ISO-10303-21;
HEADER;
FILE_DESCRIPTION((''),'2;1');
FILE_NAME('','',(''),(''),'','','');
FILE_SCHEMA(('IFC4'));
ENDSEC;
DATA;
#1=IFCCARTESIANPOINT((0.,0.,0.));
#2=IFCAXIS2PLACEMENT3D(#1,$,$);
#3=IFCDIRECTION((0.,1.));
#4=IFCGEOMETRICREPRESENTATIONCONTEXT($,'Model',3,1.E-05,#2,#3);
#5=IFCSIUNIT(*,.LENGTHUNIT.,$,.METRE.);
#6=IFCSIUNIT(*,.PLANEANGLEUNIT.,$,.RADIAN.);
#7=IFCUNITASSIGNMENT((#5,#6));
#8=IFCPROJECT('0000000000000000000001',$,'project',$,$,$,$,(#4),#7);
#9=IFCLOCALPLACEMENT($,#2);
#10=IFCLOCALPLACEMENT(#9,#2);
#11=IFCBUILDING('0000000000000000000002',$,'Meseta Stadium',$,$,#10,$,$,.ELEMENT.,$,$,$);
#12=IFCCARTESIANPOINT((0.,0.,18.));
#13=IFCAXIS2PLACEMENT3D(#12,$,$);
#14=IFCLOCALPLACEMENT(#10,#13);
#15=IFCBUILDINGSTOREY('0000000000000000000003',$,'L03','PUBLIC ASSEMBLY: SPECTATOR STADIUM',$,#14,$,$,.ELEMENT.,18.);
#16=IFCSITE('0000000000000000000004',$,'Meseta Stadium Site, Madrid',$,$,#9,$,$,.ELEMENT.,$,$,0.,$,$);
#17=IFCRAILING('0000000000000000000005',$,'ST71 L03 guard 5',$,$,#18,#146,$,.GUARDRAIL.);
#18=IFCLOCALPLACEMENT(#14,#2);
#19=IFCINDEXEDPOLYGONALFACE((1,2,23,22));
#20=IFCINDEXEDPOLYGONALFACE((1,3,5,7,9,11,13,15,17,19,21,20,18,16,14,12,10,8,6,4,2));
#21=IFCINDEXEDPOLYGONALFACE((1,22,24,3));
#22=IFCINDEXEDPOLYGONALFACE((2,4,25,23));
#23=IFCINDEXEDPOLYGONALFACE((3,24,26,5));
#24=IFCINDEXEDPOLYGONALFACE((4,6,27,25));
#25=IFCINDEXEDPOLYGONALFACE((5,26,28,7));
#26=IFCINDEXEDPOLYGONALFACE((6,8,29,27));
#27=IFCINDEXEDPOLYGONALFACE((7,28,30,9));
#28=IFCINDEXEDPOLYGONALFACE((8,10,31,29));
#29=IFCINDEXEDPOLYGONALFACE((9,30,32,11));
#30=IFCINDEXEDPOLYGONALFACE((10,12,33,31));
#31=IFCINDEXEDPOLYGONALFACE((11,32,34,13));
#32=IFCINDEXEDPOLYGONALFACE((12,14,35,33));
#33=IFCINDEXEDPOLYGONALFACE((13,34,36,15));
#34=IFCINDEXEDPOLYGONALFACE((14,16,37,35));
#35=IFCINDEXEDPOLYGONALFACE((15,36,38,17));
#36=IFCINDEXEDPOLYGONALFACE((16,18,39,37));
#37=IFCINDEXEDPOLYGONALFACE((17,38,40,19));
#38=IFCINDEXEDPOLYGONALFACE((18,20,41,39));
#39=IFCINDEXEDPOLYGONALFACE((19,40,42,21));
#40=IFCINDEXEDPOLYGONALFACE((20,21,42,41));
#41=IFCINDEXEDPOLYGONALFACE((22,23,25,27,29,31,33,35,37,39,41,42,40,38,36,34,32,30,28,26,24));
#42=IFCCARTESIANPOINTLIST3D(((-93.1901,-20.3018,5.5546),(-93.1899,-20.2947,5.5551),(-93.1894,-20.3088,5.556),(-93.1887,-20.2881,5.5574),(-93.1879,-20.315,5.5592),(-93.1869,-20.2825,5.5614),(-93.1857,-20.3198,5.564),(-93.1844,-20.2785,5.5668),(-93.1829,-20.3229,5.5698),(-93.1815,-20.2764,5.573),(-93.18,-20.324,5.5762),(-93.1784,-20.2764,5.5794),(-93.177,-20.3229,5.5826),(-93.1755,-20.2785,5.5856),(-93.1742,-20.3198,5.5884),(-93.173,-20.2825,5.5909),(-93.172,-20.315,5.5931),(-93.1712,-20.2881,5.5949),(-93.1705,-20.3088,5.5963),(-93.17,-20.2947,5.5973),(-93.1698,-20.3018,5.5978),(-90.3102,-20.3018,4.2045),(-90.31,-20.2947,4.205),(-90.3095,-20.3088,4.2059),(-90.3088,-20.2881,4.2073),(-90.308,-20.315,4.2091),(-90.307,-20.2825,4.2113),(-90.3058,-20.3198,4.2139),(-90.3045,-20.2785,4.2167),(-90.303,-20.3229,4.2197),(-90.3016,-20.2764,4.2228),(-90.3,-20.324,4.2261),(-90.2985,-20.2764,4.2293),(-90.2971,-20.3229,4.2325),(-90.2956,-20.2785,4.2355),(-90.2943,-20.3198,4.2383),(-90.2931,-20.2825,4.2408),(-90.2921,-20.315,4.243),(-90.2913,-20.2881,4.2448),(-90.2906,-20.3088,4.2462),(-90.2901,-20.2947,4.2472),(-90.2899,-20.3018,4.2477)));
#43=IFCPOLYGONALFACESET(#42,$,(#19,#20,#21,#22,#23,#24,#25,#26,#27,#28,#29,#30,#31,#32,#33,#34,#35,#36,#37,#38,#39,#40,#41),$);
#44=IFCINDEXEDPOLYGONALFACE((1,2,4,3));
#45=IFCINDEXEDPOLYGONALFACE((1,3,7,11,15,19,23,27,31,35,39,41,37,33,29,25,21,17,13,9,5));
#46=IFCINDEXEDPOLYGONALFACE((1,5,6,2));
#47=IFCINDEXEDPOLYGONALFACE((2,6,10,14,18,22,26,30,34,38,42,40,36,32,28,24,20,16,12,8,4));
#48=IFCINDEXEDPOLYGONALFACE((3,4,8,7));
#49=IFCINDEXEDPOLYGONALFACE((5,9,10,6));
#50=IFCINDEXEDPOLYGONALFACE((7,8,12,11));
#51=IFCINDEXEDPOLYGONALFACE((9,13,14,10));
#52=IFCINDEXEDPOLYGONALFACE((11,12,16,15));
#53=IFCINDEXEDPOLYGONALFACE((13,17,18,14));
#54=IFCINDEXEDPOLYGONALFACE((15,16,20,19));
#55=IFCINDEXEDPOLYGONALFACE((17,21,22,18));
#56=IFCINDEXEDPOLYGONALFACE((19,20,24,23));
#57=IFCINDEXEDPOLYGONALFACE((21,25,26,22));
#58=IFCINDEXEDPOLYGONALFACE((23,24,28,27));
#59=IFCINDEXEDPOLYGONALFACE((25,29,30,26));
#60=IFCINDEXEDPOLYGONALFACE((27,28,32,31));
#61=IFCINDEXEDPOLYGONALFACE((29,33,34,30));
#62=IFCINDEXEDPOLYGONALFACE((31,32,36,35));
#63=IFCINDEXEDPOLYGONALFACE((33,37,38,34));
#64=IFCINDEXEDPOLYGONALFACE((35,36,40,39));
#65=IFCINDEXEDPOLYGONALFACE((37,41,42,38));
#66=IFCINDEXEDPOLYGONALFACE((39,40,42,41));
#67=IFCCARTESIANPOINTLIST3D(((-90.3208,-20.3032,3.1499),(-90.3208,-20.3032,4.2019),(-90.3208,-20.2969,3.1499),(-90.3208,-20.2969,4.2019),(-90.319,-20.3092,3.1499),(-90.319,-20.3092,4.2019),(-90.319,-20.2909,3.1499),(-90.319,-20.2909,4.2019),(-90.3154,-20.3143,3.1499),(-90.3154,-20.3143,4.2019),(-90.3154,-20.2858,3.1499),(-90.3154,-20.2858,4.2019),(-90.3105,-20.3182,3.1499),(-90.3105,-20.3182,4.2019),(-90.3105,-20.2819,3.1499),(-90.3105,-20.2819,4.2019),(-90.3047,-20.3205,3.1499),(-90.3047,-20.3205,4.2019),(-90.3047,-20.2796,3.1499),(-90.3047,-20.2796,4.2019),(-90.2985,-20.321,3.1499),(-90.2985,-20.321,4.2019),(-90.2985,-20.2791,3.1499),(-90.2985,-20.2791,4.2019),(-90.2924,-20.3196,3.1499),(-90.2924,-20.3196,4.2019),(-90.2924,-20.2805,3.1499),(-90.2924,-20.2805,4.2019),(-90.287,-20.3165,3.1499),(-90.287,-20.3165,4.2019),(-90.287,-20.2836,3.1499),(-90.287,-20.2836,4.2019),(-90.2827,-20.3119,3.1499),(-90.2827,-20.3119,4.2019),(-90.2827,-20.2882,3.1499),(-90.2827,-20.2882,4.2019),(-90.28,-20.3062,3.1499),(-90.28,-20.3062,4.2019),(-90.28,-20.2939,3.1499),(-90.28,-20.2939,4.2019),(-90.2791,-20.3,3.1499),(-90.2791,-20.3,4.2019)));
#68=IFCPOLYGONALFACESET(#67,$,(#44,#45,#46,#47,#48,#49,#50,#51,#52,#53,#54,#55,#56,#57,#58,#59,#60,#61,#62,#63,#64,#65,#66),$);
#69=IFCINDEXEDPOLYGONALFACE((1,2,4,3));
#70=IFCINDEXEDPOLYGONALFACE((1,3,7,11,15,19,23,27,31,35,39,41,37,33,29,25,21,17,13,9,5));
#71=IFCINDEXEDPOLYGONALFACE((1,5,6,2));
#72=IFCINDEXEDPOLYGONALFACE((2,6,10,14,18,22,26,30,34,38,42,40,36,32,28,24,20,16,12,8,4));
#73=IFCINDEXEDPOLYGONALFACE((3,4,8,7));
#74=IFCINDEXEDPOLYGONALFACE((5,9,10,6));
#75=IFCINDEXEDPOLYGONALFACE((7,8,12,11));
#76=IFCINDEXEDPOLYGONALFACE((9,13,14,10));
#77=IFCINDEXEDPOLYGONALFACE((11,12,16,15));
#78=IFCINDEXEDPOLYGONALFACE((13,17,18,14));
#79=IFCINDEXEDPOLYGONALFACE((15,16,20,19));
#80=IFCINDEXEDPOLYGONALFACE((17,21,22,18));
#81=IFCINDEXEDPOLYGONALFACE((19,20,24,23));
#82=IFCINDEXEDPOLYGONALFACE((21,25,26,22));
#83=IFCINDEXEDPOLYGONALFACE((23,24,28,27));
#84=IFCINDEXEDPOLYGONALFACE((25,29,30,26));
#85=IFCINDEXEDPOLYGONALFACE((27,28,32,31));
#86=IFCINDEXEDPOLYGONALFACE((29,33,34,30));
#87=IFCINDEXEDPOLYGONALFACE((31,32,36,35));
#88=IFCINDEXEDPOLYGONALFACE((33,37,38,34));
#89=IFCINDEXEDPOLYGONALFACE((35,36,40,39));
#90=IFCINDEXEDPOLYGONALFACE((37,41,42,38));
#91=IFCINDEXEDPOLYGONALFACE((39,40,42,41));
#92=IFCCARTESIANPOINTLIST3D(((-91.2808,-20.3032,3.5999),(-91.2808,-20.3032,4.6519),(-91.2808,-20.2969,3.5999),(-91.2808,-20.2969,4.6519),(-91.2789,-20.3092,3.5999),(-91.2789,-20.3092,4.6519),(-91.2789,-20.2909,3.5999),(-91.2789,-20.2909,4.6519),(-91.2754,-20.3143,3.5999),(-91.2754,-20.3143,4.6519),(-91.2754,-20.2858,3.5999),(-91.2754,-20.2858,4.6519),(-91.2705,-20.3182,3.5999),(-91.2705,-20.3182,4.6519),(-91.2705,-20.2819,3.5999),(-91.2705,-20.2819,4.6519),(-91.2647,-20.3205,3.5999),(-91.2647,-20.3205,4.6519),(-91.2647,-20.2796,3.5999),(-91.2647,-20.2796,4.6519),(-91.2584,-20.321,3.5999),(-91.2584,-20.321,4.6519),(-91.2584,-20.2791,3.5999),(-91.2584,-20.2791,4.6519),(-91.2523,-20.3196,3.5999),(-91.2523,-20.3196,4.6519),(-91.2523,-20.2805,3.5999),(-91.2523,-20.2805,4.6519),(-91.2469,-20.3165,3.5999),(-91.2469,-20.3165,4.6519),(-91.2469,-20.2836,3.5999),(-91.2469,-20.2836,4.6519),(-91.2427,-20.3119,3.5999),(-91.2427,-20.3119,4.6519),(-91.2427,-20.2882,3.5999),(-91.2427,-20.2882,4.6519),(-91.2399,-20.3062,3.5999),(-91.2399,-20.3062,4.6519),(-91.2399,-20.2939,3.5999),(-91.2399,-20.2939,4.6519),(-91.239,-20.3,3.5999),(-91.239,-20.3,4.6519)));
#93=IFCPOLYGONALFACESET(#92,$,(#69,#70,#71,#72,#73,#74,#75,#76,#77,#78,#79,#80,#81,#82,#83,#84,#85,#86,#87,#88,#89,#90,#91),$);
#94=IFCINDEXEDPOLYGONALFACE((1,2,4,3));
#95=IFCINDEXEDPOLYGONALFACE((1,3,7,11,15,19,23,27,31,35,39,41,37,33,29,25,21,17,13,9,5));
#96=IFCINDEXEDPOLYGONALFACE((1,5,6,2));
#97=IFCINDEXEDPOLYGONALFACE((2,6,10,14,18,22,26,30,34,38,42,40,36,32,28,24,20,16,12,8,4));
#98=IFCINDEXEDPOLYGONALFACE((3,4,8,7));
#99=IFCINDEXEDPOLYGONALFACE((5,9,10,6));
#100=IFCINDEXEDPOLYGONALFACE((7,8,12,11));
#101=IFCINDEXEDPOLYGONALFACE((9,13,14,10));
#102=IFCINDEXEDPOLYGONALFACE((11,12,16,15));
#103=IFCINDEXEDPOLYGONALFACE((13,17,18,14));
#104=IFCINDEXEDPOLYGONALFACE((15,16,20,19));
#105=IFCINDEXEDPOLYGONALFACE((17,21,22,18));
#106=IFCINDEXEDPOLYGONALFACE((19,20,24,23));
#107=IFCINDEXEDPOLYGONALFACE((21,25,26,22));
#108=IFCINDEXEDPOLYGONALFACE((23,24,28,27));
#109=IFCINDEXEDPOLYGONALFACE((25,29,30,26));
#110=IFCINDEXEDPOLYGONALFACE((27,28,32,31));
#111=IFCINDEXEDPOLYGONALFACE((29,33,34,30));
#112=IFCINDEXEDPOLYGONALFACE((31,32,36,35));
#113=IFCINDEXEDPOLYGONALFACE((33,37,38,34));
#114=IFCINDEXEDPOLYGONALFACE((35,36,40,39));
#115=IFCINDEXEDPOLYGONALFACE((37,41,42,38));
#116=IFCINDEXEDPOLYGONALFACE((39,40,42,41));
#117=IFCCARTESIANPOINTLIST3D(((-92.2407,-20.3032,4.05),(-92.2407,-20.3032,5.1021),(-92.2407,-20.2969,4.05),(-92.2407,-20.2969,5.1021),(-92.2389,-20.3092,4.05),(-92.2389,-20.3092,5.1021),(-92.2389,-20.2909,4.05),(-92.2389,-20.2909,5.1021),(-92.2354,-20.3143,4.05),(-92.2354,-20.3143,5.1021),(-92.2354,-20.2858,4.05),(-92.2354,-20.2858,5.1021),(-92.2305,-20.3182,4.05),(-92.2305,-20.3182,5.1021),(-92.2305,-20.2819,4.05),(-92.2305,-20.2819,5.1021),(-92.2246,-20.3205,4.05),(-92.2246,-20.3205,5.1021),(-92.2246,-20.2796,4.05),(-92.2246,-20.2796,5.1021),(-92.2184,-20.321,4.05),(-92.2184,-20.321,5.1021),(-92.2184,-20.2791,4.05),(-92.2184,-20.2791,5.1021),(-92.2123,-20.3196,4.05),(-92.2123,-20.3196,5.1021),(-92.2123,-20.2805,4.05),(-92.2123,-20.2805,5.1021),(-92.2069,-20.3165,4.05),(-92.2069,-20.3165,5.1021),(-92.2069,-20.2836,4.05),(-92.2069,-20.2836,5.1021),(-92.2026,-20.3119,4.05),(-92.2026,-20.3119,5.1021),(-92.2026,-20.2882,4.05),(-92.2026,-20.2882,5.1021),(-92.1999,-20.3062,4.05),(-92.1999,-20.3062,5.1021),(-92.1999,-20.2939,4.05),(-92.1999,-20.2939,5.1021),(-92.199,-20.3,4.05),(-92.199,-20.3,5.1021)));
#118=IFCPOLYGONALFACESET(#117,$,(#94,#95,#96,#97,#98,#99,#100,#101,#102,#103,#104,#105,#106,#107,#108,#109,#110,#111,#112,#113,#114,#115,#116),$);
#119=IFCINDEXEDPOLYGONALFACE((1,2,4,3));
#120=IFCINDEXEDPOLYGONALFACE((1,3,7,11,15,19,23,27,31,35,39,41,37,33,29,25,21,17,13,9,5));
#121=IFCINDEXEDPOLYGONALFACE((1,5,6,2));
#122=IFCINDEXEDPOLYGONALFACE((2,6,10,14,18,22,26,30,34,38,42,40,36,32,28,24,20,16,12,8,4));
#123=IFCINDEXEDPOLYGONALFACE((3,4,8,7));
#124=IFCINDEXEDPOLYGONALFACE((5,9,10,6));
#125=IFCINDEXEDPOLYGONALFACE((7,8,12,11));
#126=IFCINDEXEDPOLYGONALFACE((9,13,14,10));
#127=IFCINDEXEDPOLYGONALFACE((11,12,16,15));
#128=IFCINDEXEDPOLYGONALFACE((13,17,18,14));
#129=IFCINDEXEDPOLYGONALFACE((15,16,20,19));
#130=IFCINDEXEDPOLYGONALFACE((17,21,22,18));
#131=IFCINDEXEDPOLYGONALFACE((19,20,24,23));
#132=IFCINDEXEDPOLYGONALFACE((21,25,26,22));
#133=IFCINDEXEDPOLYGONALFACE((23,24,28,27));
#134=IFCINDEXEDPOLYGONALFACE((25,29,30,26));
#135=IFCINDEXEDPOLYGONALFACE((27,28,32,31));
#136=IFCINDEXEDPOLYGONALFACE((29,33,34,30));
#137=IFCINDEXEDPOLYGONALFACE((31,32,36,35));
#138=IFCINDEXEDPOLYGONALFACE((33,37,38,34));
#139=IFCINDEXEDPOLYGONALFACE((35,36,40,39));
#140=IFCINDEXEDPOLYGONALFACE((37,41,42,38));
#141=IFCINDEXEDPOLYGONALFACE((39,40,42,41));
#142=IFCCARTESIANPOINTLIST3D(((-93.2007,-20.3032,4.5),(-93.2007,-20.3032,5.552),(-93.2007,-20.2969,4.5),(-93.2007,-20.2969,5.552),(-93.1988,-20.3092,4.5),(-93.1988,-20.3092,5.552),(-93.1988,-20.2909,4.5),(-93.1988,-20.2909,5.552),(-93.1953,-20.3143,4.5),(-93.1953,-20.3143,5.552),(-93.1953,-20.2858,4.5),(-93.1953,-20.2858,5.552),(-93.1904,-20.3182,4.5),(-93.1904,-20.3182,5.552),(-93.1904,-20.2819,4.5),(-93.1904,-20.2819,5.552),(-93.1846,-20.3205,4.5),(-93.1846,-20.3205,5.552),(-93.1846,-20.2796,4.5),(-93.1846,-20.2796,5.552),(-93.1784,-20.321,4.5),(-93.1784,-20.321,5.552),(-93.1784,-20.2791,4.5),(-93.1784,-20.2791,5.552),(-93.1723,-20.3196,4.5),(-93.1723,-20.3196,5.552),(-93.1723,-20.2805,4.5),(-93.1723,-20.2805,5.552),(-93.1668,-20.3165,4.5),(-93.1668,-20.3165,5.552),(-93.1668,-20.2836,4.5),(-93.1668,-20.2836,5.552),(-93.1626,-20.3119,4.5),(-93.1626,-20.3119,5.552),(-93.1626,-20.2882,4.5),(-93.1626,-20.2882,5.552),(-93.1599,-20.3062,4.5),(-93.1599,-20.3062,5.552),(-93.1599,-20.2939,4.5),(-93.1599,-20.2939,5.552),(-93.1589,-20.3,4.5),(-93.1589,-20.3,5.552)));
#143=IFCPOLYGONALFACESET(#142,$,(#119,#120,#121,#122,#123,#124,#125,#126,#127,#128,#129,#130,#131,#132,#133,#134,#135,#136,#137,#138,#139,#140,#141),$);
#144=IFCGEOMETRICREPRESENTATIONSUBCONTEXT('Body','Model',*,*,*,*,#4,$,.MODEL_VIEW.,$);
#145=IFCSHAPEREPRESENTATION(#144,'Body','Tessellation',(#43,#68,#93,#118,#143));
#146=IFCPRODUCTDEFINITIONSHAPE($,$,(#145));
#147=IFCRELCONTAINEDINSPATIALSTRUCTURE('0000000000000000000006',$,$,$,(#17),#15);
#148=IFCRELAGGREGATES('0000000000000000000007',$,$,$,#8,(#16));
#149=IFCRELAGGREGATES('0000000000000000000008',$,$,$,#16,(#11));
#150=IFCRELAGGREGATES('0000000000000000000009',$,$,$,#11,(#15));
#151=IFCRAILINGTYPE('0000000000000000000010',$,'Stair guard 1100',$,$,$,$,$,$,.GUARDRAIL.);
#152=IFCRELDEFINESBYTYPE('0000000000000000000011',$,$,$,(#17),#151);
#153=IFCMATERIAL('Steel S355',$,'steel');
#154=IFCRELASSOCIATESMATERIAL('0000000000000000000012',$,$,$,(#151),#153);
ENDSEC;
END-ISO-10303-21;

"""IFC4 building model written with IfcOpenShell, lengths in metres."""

from ifc_helpers import new_model, si_unit, direction, frame, origin, origin_2d, place, context, subcontext, project, spatial, circle, extrude, material, type_object, element, save


model = new_model("IFC4")

# Units and contexts
model_context = context("Model", 3, precision=1e-05, world=origin(), true_north=direction((0.0, 1.0)))
body_context = subcontext(model_context, "Body", "Model", "MODEL_VIEW")
ifc_project = project(units=[si_unit("LENGTHUNIT", "METRE"), si_unit("PLANEANGLEUNIT", "RADIAN")], contexts=[model_context])

# Site, building, storey
site_placement = place(None, origin())
site = spatial("IfcSite", under=ifc_project, at=site_placement, Name="Meseta Stadium Site, Madrid", CompositionType="ELEMENT", RefElevation=0.0)
building_placement = place(site_placement, origin())
building = spatial("IfcBuilding", under=site, at=building_placement, Name="Meseta Stadium", CompositionType="ELEMENT")
storey_placement = place(building_placement, frame((0.0, 0.0, 18.0)))
storey = spatial("IfcBuildingStorey", under=building, at=storey_placement, Name="L03", Description="PUBLIC ASSEMBLY: SPECTATOR STADIUM", CompositionType="ELEMENT", Elevation=18.0)

# Railing
ifc_material_1 = material(Name="Steel S355", Category="steel")
railing_type_1 = type_object("IfcRailingType", Name="Stair guard 1100", PredefinedType="GUARDRAIL", material=ifc_material_1)
railing_1_placement = place(storey_placement, frame((-90.3, -20.3, 3.1499)))
element("IfcRailing", 1, at=railing_1_placement, inside=storey, type_object=railing_type_1, Name="ST71 L03 guard 5", PredefinedType="GUARDRAIL", context=body_context, shape_type="SweptSolid", body=[
    extrude(circle(Radius=0.0239, at=origin_2d()), frame((0.0, 0.0, 1.0762), z_axis=(-0.90544, 0.0, 0.424473), x_axis=(0.0, -1.0, 0.0)), (0.0, 0.0, 1.0), 3.1807),
    extrude(circle(Radius=0.021, at=origin_2d()), origin(), (0.0, 0.0, 1.0), 1.052),
    extrude(circle(Radius=0.021, at=origin_2d()), frame((-0.96, 0.0, 0.45)), (0.0, 0.0, 1.0), 1.052),
    extrude(circle(Radius=0.021, at=origin_2d()), frame((-1.9199, 0.0, 0.9001)), (0.0, 0.0, 1.0), 1.052),
    extrude(circle(Radius=0.021, at=origin_2d()), frame((-2.8799, 0.0, 1.3501)), (0.0, 0.0, 1.0), 1.052),
])

save(model, "model.ifc")
